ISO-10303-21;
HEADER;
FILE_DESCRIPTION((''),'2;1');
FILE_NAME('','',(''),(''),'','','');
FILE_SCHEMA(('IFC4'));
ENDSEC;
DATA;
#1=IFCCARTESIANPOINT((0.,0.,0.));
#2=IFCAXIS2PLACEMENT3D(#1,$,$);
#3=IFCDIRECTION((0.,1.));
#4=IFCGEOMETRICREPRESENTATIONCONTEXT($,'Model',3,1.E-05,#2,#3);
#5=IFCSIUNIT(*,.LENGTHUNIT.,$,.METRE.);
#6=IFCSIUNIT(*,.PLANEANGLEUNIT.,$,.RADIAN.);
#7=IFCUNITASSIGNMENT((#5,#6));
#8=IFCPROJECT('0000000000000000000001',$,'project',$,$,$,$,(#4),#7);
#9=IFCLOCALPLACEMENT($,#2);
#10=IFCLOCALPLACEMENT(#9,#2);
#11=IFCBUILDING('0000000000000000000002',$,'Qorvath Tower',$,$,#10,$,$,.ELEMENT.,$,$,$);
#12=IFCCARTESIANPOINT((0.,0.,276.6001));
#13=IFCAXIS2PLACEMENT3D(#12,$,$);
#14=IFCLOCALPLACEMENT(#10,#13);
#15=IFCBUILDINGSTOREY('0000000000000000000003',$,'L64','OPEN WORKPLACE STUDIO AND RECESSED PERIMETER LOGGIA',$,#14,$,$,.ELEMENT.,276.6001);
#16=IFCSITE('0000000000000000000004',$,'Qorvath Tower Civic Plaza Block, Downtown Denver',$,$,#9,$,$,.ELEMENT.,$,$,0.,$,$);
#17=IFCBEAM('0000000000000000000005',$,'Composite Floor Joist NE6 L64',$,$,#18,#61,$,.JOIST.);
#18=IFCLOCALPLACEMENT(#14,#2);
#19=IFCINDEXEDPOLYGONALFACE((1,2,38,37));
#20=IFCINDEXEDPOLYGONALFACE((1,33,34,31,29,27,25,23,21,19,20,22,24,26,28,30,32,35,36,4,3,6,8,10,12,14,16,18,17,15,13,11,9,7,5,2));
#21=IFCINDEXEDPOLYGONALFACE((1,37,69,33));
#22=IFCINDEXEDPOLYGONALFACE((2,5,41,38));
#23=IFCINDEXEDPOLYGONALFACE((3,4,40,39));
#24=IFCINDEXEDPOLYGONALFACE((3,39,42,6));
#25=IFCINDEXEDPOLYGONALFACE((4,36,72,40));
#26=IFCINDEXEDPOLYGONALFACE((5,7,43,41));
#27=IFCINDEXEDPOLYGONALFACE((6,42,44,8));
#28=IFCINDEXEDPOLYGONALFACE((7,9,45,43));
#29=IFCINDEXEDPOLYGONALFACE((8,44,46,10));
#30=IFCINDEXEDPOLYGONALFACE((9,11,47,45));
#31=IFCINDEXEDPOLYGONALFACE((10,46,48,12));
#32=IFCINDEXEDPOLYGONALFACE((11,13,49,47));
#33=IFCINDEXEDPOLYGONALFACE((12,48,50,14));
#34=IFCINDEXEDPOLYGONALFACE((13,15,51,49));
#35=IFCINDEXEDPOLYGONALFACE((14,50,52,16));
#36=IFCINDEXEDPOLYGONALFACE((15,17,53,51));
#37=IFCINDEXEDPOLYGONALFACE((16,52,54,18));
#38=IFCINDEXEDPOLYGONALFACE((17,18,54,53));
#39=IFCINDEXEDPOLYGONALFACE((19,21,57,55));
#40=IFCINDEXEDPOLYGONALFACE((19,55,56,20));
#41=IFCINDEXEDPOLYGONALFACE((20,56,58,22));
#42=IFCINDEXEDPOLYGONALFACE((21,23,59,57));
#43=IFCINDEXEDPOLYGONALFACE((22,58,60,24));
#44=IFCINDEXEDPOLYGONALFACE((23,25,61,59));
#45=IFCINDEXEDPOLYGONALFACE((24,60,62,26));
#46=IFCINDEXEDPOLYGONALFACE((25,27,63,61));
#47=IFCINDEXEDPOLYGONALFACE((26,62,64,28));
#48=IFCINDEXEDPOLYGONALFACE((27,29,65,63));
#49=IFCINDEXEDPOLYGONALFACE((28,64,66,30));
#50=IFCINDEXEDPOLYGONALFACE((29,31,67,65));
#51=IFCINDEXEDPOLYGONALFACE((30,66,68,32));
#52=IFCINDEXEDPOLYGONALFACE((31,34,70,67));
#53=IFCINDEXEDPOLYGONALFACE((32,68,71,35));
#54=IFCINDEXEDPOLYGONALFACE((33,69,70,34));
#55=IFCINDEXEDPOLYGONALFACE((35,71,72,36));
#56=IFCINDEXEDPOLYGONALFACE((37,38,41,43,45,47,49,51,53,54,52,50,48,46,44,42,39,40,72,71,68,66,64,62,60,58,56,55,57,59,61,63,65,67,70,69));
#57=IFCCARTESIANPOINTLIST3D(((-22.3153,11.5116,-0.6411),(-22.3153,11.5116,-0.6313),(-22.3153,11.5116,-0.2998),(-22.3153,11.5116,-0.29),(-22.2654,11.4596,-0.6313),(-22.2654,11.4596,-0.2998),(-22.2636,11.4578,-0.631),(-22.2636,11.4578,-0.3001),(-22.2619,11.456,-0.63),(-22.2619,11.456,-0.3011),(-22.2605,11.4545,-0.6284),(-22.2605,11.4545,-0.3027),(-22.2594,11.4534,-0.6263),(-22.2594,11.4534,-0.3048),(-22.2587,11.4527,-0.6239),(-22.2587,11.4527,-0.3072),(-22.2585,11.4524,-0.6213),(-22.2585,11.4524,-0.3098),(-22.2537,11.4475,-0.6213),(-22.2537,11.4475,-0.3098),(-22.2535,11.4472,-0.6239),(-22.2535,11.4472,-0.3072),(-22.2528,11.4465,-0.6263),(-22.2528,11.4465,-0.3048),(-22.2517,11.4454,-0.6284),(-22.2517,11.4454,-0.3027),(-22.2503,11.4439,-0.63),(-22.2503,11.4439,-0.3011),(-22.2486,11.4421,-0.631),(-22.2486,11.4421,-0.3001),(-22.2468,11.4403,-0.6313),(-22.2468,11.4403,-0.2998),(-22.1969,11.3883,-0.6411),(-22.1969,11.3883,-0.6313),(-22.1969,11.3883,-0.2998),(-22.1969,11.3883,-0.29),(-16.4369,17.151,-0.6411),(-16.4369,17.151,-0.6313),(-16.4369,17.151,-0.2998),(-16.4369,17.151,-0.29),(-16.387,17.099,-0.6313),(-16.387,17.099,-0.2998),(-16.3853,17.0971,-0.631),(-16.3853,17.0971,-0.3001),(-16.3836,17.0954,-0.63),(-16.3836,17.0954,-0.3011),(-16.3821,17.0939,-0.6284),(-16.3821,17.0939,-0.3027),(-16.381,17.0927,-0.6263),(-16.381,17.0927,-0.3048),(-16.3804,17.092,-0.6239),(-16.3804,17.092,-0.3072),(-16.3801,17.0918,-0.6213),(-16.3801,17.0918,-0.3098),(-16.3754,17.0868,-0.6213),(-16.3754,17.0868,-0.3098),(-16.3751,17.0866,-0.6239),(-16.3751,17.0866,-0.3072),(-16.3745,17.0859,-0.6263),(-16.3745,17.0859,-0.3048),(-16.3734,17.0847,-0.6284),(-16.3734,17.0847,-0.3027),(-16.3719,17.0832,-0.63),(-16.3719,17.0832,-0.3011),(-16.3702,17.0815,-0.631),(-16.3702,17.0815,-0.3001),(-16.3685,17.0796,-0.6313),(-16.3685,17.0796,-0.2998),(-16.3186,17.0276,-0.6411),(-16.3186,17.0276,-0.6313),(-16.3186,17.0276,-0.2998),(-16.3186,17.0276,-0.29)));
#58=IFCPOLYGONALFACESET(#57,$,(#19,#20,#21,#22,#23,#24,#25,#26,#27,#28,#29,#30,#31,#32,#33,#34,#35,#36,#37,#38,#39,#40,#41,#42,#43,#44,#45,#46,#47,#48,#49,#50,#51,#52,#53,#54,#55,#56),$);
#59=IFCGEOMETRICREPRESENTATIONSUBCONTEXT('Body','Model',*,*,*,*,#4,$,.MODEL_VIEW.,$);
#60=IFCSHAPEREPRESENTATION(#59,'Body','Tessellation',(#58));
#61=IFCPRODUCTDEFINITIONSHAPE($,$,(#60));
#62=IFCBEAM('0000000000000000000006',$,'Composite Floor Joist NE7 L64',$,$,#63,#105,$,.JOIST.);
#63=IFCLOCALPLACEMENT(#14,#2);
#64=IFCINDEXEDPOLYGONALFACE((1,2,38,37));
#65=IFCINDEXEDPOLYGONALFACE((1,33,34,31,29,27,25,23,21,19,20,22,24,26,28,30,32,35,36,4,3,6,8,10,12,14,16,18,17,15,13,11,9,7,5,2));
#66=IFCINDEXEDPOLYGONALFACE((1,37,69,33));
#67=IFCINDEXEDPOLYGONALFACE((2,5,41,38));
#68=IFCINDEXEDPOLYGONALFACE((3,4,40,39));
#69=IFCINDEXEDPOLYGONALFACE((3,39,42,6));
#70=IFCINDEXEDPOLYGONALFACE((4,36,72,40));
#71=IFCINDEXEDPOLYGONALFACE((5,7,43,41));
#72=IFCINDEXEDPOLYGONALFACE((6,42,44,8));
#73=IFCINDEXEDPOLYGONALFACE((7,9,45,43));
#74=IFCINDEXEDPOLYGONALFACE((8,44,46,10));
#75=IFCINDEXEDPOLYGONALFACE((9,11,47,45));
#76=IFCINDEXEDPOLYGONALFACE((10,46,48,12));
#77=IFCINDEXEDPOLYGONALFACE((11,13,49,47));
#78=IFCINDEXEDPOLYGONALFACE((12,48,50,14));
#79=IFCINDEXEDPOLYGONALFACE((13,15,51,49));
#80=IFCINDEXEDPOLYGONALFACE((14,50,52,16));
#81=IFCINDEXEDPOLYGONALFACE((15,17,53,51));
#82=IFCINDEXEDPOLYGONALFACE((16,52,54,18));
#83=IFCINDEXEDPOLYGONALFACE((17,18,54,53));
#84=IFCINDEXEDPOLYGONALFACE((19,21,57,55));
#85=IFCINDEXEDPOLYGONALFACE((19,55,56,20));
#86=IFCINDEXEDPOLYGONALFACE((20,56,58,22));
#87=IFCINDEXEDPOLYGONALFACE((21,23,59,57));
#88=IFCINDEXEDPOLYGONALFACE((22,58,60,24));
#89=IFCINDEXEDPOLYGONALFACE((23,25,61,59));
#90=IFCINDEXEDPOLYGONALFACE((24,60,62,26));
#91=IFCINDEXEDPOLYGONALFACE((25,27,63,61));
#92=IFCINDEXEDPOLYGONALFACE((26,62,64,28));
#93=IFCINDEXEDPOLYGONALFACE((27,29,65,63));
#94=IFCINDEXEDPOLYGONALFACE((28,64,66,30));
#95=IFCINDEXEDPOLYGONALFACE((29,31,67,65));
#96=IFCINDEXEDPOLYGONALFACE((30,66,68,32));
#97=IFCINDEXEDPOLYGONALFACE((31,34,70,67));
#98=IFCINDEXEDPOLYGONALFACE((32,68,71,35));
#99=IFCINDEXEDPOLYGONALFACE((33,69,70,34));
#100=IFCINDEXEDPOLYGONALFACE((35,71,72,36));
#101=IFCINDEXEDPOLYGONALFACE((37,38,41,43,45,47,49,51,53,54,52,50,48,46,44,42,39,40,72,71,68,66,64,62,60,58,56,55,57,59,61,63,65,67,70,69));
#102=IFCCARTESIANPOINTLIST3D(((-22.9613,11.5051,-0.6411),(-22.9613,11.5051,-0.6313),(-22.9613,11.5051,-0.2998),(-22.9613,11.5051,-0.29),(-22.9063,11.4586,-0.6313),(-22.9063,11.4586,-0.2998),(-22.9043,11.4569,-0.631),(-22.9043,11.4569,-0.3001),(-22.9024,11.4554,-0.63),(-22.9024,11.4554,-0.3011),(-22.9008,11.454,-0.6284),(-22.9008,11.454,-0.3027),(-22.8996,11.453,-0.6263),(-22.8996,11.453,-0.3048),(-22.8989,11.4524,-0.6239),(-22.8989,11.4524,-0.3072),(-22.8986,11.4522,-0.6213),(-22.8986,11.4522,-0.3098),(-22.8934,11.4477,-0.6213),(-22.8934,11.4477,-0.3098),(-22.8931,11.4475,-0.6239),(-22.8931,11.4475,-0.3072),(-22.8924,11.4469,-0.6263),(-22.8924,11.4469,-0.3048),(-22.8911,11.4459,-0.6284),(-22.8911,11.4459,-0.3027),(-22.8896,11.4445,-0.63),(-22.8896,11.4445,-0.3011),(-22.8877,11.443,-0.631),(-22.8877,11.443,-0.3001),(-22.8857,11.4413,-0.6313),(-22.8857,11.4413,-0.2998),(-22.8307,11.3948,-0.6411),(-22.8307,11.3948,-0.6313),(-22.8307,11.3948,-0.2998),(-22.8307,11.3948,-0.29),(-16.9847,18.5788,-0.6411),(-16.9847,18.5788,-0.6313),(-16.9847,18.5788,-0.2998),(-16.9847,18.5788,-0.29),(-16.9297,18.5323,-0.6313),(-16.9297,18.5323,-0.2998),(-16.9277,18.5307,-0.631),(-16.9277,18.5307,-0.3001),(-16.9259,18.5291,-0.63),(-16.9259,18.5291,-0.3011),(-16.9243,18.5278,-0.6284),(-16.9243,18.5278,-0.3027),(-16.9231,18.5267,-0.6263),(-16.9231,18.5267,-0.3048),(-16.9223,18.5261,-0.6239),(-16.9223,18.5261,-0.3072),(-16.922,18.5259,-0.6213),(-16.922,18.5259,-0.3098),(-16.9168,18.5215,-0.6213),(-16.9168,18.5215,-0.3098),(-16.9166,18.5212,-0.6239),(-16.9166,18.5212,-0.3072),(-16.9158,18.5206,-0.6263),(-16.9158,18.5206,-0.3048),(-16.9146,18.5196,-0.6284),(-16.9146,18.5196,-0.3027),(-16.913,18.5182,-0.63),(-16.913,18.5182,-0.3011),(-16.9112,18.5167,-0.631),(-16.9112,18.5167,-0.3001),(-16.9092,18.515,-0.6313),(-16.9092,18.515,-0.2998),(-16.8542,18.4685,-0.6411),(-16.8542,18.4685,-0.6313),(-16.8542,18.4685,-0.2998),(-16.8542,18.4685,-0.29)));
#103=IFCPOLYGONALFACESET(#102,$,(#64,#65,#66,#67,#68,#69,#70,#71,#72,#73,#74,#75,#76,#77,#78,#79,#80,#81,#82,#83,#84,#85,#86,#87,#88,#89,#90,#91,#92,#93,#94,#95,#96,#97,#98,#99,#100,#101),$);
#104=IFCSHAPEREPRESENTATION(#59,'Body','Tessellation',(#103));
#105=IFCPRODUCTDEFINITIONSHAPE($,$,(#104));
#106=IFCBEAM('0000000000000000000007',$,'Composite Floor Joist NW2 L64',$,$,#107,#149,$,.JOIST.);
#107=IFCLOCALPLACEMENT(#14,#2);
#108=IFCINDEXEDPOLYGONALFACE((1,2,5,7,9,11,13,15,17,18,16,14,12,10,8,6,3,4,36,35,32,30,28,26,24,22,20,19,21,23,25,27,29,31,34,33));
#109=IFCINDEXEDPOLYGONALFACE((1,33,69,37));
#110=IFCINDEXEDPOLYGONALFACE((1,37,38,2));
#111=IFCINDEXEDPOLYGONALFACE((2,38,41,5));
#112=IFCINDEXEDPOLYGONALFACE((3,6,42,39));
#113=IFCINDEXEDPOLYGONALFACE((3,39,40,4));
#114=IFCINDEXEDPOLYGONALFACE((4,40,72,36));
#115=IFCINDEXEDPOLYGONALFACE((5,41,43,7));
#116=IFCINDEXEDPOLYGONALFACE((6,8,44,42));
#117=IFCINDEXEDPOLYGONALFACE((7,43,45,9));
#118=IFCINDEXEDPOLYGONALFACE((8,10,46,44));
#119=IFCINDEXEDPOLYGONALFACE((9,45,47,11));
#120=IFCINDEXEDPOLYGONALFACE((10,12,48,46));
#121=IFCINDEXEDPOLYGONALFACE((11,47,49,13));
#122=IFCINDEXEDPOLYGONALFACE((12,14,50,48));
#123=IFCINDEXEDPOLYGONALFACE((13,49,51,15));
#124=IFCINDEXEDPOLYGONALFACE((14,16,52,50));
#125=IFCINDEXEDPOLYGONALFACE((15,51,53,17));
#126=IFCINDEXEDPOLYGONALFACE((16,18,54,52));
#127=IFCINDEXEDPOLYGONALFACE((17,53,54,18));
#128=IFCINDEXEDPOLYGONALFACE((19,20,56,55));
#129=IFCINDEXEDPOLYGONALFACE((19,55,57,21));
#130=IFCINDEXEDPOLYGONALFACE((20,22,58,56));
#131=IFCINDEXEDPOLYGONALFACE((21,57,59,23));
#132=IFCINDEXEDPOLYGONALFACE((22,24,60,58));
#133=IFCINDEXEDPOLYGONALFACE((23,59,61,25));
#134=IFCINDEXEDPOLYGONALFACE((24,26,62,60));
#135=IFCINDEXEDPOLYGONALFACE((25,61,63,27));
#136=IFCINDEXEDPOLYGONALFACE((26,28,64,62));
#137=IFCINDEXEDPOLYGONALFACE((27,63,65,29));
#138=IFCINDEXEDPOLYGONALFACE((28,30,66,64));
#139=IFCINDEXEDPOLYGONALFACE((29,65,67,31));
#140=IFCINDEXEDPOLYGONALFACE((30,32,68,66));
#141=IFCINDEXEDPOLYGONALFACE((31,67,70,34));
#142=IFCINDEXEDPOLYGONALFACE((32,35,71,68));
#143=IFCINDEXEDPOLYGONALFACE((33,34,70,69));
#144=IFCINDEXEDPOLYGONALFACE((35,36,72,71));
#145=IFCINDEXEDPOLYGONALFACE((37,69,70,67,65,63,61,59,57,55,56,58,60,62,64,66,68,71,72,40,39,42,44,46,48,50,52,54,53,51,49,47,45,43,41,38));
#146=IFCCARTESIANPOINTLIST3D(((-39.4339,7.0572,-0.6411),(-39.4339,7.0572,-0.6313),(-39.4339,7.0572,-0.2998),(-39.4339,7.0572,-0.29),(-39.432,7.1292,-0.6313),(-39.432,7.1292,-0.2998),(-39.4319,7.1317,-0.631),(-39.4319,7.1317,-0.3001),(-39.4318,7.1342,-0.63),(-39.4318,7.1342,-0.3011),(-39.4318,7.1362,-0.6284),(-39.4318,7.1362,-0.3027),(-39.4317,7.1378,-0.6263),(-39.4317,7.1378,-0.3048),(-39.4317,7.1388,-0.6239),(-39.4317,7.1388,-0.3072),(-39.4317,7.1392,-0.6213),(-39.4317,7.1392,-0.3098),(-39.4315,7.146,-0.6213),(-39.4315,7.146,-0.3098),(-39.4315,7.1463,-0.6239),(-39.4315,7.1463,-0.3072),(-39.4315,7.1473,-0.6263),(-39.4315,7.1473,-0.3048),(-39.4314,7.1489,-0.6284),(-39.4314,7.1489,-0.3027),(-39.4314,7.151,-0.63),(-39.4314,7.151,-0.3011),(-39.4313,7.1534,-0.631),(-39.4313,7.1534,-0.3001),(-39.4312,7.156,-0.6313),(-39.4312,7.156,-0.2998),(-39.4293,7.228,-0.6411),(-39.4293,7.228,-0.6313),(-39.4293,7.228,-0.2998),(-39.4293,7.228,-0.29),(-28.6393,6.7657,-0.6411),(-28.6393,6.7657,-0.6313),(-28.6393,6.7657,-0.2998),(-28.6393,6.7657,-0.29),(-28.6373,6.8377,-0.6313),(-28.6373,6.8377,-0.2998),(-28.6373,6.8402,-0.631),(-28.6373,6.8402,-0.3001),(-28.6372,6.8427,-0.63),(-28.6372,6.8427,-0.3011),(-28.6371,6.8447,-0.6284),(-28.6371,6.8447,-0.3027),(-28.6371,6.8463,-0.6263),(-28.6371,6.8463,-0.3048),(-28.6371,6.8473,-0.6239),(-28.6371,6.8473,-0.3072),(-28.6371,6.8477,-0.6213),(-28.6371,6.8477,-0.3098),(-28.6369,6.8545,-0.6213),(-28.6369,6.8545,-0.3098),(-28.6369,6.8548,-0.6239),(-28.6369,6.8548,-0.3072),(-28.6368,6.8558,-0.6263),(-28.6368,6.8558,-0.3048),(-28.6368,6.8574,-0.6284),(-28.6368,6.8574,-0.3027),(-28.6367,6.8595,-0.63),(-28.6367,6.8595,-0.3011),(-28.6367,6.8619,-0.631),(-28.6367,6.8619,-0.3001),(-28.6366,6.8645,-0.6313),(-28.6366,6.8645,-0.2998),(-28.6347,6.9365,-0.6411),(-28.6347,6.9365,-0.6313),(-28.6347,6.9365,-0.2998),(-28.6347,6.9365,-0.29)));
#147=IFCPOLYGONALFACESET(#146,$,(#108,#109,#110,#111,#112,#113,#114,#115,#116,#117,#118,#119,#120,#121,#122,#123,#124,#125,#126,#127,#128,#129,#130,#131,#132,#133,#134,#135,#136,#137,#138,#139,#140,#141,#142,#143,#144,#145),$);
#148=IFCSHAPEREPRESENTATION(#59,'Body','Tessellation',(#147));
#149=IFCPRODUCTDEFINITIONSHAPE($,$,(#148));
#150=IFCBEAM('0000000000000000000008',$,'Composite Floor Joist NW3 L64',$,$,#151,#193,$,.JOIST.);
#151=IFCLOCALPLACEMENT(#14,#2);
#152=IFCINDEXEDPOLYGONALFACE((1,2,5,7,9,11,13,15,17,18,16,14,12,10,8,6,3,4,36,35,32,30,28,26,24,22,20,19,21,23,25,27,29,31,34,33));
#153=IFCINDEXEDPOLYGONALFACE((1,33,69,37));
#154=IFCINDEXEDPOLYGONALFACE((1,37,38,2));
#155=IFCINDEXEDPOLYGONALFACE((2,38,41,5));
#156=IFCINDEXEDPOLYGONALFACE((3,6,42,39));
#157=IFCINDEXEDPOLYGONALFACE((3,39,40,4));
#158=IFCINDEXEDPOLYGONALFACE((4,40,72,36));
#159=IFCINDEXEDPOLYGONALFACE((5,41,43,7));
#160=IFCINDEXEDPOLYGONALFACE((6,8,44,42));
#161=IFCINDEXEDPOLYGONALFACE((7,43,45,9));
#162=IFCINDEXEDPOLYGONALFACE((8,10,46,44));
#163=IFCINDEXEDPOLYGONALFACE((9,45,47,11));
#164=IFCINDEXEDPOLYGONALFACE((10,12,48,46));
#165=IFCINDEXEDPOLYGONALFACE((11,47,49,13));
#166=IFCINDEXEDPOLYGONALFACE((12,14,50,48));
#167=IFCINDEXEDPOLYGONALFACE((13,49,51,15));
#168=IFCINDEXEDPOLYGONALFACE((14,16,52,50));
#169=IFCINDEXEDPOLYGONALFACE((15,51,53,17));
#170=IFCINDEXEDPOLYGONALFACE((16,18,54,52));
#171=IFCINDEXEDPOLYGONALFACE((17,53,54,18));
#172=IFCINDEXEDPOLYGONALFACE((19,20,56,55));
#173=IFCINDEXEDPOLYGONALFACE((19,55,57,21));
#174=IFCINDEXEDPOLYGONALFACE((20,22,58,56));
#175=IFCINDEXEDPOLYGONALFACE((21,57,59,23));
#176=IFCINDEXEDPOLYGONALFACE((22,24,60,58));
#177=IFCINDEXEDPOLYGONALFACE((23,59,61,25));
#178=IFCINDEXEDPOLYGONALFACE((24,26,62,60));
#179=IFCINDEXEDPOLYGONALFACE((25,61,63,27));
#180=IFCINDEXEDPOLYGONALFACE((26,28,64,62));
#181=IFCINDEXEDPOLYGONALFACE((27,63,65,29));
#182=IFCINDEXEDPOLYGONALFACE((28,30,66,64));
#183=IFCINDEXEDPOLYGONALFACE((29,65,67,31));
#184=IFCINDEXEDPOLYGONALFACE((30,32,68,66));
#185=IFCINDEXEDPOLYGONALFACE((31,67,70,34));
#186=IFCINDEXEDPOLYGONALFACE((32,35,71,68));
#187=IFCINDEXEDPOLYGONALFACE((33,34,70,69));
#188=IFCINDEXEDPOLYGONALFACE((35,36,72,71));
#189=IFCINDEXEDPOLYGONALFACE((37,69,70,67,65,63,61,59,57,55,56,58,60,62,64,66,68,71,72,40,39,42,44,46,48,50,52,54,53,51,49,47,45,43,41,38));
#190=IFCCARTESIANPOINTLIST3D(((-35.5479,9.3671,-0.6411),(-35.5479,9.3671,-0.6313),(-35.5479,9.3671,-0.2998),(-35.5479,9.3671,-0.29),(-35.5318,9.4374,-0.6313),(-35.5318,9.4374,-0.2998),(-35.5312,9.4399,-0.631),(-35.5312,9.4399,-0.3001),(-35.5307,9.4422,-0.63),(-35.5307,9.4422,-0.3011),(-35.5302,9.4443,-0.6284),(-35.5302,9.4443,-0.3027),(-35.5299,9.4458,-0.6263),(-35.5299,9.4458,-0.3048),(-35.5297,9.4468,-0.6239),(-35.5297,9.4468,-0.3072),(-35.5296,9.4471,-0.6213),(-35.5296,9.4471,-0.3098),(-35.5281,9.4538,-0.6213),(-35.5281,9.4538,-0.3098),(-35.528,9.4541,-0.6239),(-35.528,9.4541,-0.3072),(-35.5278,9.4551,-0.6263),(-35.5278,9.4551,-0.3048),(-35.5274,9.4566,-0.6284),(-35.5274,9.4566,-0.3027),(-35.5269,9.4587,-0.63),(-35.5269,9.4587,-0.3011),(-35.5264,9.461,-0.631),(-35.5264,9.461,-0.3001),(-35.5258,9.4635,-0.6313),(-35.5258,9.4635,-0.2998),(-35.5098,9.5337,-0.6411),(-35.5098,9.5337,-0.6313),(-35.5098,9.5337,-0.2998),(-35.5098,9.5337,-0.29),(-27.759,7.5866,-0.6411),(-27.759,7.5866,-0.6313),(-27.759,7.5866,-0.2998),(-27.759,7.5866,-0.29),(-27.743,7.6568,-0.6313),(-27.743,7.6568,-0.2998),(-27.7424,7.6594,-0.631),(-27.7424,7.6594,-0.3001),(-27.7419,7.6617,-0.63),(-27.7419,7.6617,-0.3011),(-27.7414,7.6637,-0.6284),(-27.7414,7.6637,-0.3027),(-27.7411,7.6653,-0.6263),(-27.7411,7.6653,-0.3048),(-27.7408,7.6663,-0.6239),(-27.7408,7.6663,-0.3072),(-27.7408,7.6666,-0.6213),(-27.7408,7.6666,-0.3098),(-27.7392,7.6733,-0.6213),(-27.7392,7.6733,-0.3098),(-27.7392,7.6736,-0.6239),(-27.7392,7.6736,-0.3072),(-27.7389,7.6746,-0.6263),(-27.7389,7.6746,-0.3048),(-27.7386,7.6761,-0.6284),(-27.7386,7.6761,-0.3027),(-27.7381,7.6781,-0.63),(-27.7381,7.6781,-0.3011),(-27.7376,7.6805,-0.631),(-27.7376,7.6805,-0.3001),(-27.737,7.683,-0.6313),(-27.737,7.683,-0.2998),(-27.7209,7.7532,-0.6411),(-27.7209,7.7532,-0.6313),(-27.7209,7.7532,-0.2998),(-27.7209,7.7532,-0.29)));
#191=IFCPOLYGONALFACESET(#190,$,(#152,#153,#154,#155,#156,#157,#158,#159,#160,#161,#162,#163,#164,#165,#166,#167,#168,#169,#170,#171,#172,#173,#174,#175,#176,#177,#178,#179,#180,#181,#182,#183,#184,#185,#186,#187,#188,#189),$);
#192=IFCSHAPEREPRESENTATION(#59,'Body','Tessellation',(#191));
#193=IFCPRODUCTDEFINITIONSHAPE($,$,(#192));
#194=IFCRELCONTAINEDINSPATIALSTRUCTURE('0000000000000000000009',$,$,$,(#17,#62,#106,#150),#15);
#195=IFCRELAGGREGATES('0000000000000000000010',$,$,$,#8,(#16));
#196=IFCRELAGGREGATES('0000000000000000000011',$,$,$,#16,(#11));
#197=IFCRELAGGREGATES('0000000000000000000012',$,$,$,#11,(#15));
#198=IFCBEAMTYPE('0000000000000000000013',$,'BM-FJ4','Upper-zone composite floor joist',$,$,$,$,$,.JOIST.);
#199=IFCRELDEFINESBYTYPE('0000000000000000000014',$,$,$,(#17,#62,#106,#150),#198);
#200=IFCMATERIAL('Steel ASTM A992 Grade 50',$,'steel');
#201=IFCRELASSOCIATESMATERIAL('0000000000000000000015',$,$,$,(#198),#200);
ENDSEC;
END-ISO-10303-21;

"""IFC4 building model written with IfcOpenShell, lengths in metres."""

from ifc_helpers import new_model, si_unit, direction, frame, origin, origin_2d, place, context, subcontext, project, spatial, i_section, extrude, material, material_profile, profile_set, type_object, element, save


model = new_model("IFC4")

# Units and contexts
model_context = context("Model", 3, precision=1e-05, world=origin(), true_north=direction((0.0, 1.0)))
body_context = subcontext(model_context, "Body", "Model", "MODEL_VIEW")
ifc_project = project(units=[si_unit("LENGTHUNIT", "METRE"), si_unit("PLANEANGLEUNIT", "RADIAN")], contexts=[model_context])

# Site, building, storey
site_placement = place(None, origin())
site = spatial("IfcSite", under=ifc_project, at=site_placement, Name="Qorvath Tower Civic Plaza Block, Downtown Denver", CompositionType="ELEMENT", RefElevation=0.0)
building_placement = place(site_placement, origin())
building = spatial("IfcBuilding", under=site, at=building_placement, Name="Qorvath Tower", CompositionType="ELEMENT")
storey_placement = place(building_placement, frame((0.0, 0.0, 276.6001)))
storey = spatial("IfcBuildingStorey", under=building, at=storey_placement, Name="L64", Description="OPEN WORKPLACE STUDIO AND RECESSED PERIMETER LOGGIA", CompositionType="ELEMENT", Elevation=276.6001)

# Beams
ifc_material_1 = material(Name="Steel ASTM A992 Grade 50", Category="steel")
ifc_material_profile_1 = material_profile(ifc_material_1, i_section(OverallWidth=0.1709, OverallDepth=0.3511, WebThickness=0.0068, FlangeThickness=0.0098, FilletRadius=0.01, at=origin_2d()), Name="W14x30")
ifc_profile_set_1 = profile_set([ifc_material_profile_1], Name="Steel ASTM A992 Grade 50")
beam_type_1 = type_object("IfcBeamType", Name="BM-FJ4", Description="Upper-zone composite floor joist", PredefinedType="JOIST", material=ifc_profile_set_1)
beam_1_placement = place(storey_placement, frame((-22.2561, 11.45, -0.4656), z_axis=(0.721625, 0.692284, 0.0), x_axis=(-0.692284, 0.721625, 0.0)))
element("IfcBeam", 1, at=beam_1_placement, inside=storey, type_object=beam_type_1, Name="Composite Floor Joist NE6 L64", PredefinedType="JOIST", context=body_context, shape_type="SweptSolid", body=[
    extrude(i_section(OverallWidth=0.1709, OverallDepth=0.3511, WebThickness=0.0068, FlangeThickness=0.0098, FilletRadius=0.01, at=origin_2d()), origin(), (0.0, 0.0, 1.0), 8.146),
])
beam_2_placement = place(storey_placement, frame((-22.896, 11.45, -0.4656), z_axis=(0.645382, 0.76386, 0.0), x_axis=(-0.76386, 0.645382, 0.0)))
element("IfcBeam", 2, at=beam_2_placement, inside=storey, type_object=beam_type_1, Name="Composite Floor Joist NE7 L64", PredefinedType="JOIST", context=body_context, shape_type="SweptSolid", body=[
    extrude(i_section(OverallWidth=0.1709, OverallDepth=0.3511, WebThickness=0.0068, FlangeThickness=0.0098, FilletRadius=0.01, at=origin_2d()), origin(), (0.0, 0.0, 1.0), 9.2605),
])
beam_3_placement = place(storey_placement, frame((-28.637, 6.8511, -0.4656), z_axis=(-0.999636, 0.026995, 0.0), x_axis=(-0.026995, -0.999636, 0.0)))
element("IfcBeam", 3, at=beam_3_placement, inside=storey, type_object=beam_type_1, Name="Composite Floor Joist NW2 L64", PredefinedType="JOIST", context=body_context, shape_type="SweptSolid", body=[
    extrude(i_section(OverallWidth=0.1709, OverallDepth=0.3511, WebThickness=0.0068, FlangeThickness=0.0098, FilletRadius=0.01, at=origin_2d()), origin(), (0.0, 0.0, 1.0), 10.7986),
])
beam_4_placement = place(storey_placement, frame((-27.74, 7.6699, -0.4656), z_axis=(-0.974853, 0.222851, 0.0), x_axis=(-0.222851, -0.974853, 0.0)))
element("IfcBeam", 4, at=beam_4_placement, inside=storey, type_object=beam_type_1, Name="Composite Floor Joist NW3 L64", PredefinedType="JOIST", context=body_context, shape_type="SweptSolid", body=[
    extrude(i_section(OverallWidth=0.1709, OverallDepth=0.3511, WebThickness=0.0068, FlangeThickness=0.0098, FilletRadius=0.01, at=origin_2d()), origin(), (0.0, 0.0, 1.0), 7.9897),
])

save(model, "model.ifc")
